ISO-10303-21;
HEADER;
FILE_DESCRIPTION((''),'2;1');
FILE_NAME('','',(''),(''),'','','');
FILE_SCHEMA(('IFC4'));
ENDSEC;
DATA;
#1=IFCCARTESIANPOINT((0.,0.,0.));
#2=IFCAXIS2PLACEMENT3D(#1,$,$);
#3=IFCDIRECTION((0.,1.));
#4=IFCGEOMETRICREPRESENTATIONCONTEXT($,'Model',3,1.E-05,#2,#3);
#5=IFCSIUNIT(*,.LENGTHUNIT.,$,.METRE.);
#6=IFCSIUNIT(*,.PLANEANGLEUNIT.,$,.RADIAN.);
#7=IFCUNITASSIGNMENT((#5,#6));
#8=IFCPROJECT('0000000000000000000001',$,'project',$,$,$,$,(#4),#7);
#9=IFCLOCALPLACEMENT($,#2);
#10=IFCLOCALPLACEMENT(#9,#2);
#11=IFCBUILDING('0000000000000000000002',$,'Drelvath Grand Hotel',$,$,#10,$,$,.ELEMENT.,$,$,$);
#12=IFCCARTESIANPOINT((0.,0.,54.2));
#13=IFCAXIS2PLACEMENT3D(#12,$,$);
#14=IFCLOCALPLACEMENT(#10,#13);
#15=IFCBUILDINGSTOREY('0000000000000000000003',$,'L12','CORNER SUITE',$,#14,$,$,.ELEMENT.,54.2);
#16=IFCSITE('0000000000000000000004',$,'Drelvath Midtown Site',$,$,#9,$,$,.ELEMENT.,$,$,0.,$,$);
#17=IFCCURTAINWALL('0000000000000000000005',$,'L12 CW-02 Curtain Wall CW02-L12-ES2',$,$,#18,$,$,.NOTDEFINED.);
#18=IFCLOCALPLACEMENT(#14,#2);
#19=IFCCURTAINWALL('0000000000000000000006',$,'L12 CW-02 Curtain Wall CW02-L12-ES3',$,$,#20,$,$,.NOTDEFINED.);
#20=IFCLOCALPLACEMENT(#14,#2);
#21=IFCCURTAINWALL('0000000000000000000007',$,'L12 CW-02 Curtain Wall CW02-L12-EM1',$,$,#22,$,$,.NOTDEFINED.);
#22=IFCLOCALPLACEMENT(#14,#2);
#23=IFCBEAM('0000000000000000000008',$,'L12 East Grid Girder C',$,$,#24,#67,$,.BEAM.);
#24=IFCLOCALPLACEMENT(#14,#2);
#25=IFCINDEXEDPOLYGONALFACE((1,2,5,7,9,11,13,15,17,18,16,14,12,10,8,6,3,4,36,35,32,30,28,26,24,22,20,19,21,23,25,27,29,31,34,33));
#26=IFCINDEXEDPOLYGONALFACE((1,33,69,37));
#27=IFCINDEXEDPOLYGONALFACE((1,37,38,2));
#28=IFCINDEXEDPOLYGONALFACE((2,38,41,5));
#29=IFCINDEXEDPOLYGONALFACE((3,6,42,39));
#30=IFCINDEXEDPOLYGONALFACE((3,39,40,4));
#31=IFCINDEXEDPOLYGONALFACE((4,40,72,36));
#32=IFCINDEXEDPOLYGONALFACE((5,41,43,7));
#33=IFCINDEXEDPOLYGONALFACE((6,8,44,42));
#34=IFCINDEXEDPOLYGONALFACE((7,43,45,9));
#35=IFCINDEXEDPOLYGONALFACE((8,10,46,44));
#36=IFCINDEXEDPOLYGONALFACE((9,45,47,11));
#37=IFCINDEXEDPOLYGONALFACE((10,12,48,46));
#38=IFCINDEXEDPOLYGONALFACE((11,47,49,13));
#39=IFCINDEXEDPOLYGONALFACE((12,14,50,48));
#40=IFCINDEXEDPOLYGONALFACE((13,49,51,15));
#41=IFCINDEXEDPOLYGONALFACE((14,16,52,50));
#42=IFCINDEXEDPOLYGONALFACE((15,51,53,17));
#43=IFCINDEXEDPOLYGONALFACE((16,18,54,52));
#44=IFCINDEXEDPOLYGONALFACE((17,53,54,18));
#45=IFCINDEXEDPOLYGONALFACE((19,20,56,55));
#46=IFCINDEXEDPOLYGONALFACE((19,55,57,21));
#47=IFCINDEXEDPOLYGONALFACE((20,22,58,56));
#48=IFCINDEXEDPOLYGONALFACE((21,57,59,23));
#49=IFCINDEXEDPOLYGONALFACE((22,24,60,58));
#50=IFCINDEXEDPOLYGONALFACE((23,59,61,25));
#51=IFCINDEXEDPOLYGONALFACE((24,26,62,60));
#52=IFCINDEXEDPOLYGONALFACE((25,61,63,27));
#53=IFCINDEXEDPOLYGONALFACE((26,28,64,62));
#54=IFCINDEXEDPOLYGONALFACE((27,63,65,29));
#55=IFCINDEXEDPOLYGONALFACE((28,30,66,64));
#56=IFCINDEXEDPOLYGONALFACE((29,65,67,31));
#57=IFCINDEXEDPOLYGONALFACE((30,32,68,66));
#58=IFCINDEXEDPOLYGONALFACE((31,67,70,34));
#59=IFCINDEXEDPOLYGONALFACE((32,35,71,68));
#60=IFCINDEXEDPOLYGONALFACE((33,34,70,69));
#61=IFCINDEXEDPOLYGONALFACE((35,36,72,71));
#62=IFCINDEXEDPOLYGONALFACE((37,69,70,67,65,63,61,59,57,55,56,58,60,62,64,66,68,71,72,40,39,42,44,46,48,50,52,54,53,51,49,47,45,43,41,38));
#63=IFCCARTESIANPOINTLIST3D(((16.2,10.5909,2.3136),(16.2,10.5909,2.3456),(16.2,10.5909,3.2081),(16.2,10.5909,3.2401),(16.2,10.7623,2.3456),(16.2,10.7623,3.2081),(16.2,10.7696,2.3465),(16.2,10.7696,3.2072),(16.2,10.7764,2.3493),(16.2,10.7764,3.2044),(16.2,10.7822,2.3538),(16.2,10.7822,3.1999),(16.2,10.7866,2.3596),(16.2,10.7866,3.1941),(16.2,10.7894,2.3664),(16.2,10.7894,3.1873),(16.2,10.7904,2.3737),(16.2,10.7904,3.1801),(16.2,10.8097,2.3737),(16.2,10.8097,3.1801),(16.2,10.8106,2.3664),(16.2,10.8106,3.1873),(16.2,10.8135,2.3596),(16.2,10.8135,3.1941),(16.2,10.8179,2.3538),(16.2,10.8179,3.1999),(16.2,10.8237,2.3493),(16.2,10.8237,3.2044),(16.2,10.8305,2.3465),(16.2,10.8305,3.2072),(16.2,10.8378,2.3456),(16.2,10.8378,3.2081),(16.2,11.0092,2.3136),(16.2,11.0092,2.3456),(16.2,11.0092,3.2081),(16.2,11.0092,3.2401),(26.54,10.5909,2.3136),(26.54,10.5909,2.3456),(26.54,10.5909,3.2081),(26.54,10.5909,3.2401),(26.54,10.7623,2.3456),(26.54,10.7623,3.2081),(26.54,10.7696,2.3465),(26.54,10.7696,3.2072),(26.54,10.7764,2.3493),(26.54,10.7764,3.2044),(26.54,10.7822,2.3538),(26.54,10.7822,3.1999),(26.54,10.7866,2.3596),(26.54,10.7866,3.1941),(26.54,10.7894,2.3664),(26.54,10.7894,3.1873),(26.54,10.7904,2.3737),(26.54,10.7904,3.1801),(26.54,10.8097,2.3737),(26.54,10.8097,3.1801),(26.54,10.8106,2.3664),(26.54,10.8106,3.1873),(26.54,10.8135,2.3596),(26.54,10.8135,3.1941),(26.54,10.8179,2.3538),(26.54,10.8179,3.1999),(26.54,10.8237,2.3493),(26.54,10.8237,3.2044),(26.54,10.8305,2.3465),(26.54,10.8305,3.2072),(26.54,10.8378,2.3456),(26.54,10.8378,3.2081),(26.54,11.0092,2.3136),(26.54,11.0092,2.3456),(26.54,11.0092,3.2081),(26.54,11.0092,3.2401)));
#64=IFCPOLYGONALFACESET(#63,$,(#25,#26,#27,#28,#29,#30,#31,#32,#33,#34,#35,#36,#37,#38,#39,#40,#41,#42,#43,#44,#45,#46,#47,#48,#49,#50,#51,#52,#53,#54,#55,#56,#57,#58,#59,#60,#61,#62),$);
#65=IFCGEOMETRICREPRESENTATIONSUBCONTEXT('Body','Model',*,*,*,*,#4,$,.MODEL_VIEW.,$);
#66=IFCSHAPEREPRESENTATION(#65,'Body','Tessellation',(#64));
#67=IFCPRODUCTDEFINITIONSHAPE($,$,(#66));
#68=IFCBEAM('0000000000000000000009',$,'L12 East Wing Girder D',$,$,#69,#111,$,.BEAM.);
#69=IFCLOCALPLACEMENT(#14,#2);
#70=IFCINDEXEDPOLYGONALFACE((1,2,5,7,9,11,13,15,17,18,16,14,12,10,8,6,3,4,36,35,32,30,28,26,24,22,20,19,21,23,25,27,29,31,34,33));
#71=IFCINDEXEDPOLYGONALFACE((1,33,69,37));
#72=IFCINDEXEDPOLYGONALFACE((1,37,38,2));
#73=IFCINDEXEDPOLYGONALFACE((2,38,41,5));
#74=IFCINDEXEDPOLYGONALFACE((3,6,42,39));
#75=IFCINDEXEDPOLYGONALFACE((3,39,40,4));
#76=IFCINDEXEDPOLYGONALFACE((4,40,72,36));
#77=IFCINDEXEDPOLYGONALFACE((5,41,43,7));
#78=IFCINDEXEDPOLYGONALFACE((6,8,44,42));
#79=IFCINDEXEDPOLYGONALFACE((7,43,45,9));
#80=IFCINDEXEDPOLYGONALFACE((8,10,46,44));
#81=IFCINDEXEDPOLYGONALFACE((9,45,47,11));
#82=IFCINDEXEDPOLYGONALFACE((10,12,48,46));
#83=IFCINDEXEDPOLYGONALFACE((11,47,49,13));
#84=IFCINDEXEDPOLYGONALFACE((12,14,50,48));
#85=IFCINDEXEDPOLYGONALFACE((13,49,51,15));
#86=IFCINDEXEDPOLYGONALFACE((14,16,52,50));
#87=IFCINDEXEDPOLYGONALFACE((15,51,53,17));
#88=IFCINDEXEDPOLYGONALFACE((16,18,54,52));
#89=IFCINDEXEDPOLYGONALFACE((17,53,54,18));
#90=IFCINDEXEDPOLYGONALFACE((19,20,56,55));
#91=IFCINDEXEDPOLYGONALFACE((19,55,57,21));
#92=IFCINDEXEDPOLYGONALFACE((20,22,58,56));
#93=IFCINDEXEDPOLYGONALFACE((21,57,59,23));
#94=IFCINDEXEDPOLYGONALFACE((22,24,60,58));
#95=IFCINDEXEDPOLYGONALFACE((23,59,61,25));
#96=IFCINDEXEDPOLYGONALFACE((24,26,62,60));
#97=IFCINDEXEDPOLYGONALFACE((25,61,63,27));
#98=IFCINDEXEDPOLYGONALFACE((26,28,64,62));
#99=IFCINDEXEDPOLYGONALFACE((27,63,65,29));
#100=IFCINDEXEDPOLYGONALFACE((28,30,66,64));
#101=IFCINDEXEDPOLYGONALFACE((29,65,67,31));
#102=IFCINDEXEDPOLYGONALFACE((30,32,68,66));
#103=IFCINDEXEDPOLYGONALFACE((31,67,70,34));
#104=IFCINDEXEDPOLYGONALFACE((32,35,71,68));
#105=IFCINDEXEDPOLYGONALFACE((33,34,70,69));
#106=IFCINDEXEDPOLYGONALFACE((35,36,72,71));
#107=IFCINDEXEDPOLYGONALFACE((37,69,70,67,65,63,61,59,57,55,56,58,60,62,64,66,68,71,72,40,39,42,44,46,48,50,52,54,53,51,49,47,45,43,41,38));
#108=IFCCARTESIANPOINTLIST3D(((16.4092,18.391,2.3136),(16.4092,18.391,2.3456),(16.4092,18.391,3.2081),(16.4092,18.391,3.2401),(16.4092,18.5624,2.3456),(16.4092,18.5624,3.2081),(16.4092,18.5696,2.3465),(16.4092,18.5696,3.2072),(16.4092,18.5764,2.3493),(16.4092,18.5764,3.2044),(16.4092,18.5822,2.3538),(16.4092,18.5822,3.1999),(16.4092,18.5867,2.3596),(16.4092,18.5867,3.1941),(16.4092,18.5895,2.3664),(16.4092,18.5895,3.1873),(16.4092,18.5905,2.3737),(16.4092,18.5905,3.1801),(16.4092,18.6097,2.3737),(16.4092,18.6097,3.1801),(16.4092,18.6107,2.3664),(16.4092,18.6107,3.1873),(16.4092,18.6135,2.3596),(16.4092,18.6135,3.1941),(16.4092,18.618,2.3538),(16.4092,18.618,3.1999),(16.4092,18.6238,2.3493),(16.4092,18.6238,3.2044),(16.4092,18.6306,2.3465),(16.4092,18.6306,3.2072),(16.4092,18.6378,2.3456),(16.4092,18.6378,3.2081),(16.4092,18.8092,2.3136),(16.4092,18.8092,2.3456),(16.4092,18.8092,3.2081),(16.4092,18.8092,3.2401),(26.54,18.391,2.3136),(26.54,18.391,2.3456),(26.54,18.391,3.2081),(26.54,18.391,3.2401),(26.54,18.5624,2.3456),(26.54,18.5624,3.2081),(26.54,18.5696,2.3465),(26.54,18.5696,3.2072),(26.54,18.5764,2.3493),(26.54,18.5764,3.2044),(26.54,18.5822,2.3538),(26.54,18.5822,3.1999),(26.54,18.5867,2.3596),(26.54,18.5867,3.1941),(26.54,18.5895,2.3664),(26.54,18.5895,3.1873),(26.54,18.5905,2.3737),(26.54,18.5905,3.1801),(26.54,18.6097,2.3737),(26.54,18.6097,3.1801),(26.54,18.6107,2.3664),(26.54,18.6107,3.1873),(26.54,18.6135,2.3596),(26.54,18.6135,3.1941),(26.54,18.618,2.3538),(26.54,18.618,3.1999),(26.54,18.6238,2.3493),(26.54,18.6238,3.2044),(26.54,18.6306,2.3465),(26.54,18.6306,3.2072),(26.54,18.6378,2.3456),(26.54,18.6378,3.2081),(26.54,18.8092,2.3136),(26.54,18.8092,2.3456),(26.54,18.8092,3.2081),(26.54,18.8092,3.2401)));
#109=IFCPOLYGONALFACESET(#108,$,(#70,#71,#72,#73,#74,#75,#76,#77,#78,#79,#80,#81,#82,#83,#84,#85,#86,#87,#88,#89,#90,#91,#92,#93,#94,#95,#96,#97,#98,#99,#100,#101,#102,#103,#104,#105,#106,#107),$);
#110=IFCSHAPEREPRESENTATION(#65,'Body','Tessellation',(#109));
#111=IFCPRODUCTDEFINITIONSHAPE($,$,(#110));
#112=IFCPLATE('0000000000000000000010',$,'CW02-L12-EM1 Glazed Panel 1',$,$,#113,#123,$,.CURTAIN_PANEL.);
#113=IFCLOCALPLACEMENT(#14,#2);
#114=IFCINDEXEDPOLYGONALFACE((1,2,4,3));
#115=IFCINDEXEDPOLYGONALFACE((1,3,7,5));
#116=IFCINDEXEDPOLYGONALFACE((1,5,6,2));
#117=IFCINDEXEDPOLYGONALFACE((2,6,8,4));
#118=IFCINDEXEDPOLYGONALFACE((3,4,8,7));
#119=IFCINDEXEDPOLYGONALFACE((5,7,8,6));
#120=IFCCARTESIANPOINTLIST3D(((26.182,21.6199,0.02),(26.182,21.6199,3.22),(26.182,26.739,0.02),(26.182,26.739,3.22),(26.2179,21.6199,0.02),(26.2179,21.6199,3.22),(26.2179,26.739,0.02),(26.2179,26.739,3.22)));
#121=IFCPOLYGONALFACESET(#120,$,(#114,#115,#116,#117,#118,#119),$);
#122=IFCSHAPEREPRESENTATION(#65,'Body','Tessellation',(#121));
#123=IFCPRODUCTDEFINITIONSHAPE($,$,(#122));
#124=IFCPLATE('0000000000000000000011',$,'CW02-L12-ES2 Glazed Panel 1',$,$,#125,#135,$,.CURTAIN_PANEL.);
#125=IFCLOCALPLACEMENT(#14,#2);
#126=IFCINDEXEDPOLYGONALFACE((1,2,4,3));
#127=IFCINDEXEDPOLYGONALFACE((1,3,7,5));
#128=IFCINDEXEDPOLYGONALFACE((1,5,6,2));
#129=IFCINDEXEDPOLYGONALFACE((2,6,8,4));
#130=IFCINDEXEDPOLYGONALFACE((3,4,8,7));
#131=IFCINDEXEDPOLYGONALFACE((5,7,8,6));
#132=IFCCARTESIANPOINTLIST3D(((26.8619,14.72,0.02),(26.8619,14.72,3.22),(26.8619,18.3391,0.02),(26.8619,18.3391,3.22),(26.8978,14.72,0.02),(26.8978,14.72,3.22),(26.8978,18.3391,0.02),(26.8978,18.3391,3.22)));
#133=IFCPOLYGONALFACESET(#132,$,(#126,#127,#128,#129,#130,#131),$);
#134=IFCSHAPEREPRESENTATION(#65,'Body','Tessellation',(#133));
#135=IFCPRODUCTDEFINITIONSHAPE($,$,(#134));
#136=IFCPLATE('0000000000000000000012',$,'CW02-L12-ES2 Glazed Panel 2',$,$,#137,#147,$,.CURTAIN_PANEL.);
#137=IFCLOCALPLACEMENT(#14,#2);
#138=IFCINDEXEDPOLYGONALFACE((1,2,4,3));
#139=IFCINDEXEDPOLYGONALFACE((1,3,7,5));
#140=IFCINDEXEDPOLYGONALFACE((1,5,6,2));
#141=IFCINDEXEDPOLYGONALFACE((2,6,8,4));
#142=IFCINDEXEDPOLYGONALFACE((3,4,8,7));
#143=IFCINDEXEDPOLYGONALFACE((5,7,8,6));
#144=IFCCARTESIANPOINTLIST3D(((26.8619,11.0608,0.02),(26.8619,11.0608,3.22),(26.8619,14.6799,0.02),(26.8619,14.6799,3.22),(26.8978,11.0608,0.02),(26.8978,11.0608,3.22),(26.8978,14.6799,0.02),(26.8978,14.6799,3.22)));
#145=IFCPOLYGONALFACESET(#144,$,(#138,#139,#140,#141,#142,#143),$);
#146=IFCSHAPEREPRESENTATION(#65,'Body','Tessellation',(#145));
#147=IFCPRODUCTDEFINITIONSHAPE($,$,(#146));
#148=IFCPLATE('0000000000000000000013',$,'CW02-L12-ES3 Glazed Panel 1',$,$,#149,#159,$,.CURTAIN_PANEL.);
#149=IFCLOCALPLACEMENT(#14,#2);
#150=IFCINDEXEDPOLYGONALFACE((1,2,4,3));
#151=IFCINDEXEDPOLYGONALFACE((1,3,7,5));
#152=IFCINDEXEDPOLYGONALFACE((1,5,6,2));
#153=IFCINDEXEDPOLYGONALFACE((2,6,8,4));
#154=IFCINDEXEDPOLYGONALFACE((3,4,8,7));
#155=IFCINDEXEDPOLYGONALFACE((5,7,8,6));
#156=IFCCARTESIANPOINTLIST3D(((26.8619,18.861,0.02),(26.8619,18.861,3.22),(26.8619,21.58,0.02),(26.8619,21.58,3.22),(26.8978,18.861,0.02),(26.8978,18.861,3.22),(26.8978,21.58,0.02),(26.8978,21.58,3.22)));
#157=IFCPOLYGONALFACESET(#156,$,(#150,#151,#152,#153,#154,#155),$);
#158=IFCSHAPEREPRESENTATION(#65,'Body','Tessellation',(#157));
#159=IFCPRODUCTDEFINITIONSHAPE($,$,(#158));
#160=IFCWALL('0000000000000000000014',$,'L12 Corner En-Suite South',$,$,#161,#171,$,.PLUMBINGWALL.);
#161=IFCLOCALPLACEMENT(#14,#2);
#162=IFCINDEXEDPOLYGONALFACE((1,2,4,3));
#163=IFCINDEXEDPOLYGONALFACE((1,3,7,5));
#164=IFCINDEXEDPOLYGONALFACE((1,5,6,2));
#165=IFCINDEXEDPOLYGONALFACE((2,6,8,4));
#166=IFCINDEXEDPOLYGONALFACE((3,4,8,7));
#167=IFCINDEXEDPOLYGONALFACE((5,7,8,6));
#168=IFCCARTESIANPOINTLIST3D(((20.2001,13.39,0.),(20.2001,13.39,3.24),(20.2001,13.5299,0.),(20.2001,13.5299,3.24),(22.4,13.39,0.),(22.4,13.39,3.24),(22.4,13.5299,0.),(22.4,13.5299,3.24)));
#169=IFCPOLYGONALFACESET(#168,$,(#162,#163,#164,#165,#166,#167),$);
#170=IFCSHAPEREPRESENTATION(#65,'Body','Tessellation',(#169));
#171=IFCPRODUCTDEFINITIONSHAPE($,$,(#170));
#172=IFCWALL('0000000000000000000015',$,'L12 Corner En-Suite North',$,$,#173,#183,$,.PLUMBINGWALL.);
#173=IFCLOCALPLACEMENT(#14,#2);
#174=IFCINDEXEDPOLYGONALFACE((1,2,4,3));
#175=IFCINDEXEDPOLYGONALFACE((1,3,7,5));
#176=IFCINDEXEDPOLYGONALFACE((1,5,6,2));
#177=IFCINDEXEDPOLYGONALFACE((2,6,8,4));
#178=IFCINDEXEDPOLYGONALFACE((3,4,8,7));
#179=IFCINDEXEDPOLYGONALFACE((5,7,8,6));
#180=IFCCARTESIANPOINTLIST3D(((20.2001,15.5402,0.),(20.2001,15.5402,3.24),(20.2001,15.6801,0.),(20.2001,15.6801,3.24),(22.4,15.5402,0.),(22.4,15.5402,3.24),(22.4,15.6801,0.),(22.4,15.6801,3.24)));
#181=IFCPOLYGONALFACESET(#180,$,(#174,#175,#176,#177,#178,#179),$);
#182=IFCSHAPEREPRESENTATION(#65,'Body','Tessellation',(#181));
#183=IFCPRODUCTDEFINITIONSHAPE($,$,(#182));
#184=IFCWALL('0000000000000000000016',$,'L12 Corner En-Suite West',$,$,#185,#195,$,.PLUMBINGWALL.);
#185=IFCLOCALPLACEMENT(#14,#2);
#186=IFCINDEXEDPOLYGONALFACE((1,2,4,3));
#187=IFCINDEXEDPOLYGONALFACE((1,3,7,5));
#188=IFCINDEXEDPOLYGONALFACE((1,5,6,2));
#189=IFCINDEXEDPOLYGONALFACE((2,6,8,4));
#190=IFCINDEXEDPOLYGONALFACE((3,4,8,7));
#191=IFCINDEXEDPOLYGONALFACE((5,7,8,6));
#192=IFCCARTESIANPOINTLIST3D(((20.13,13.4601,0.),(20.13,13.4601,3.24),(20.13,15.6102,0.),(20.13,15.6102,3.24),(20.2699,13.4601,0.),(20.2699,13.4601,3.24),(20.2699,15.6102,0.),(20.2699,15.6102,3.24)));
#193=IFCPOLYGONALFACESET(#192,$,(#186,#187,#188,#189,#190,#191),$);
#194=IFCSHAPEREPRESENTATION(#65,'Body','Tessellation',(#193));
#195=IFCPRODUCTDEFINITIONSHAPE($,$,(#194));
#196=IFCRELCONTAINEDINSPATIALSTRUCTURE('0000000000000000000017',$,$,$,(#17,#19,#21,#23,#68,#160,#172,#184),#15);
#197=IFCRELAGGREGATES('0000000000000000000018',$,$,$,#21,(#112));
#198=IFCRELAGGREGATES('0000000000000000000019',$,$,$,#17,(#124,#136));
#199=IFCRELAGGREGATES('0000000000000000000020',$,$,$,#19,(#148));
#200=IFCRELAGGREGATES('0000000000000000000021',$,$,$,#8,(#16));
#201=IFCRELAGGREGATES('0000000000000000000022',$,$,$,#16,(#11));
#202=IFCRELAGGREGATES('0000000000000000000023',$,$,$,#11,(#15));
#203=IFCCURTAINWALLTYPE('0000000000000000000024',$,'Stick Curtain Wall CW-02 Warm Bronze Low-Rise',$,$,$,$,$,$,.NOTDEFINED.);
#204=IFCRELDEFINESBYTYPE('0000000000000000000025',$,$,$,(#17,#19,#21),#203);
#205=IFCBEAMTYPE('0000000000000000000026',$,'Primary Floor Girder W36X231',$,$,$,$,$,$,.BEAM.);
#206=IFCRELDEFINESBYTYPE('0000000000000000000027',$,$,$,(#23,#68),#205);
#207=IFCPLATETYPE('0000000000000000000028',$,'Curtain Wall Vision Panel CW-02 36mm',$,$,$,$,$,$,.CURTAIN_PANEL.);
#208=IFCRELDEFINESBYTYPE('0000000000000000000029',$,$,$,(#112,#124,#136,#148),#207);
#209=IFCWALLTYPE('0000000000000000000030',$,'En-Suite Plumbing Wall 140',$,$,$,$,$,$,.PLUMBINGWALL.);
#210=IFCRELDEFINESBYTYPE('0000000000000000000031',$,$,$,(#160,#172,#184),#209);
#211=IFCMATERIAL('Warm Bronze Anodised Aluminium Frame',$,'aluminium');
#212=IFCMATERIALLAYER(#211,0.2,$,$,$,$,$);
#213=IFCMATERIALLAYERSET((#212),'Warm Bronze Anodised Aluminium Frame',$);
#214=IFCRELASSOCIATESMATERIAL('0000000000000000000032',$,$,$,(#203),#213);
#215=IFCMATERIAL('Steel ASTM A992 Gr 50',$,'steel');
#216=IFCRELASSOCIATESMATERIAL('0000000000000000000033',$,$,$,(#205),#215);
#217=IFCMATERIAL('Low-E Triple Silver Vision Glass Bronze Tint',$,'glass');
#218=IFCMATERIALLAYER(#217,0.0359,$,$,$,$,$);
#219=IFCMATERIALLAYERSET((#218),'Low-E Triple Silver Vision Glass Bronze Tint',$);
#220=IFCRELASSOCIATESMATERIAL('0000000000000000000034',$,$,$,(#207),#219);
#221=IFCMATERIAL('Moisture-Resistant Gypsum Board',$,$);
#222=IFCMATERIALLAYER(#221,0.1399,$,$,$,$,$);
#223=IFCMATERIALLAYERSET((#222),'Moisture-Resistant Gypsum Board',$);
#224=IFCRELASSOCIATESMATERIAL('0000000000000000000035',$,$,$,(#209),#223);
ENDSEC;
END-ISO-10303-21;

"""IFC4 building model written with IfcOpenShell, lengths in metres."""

from ifc_helpers import new_model, si_unit, direction, frame, frame_2d, origin, origin_2d, place, context, subcontext, project, spatial, rectangle, i_section, extrude, material, layer, layer_set, material_profile, profile_set, type_object, element, aggregate, save


model = new_model("IFC4")

# Units and contexts
model_context = context("Model", 3, precision=1e-05, world=origin(), true_north=direction((0.0, 1.0)))
body_context = subcontext(model_context, "Body", "Model", "MODEL_VIEW")
ifc_project = project(units=[si_unit("LENGTHUNIT", "METRE"), si_unit("PLANEANGLEUNIT", "RADIAN")], contexts=[model_context])

# Site, building, storey
site_placement = place(None, origin())
site = spatial("IfcSite", under=ifc_project, at=site_placement, Name="Drelvath Midtown Site", CompositionType="ELEMENT", RefElevation=0.0)
building_placement = place(site_placement, origin())
building = spatial("IfcBuilding", under=site, at=building_placement, Name="Drelvath Grand Hotel", CompositionType="ELEMENT")
storey_placement = place(building_placement, frame((0.0, 0.0, 54.2)))
storey = spatial("IfcBuildingStorey", under=building, at=storey_placement, Name="L12", Description="CORNER SUITE", CompositionType="ELEMENT", Elevation=54.2)

# Curtain walls
ifc_material_1 = material(Name="Warm Bronze Anodised Aluminium Frame", Category="aluminium")
ifc_layer_1 = layer(ifc_material_1, 0.2)
ifc_layer_set_1 = layer_set([ifc_layer_1], Name="Warm Bronze Anodised Aluminium Frame")
curtain_wall_type = type_object("IfcCurtainWallType", Name="Stick Curtain Wall CW-02 Warm Bronze Low-Rise", PredefinedType="NOTDEFINED", material=ifc_layer_set_1)
curtain_wall_1_placement = place(storey_placement, origin())
curtain_wall_1 = element("IfcCurtainWall", 1, at=curtain_wall_1_placement, inside=storey, type_object=curtain_wall_type, Name="L12 CW-02 Curtain Wall CW02-L12-ES2", PredefinedType="NOTDEFINED")
curtain_wall_2_placement = place(storey_placement, origin())
curtain_wall_2 = element("IfcCurtainWall", 2, at=curtain_wall_2_placement, inside=storey, type_object=curtain_wall_type, Name="L12 CW-02 Curtain Wall CW02-L12-ES3", PredefinedType="NOTDEFINED")
curtain_wall_3_placement = place(storey_placement, origin())
curtain_wall_3 = element("IfcCurtainWall", 3, at=curtain_wall_3_placement, inside=storey, type_object=curtain_wall_type, Name="L12 CW-02 Curtain Wall CW02-L12-EM1", PredefinedType="NOTDEFINED")

# Beams
ifc_material_2 = material(Name="Steel ASTM A992 Gr 50", Category="steel")
ifc_material_profile_1 = material_profile(ifc_material_2, i_section(OverallWidth=0.4182, OverallDepth=0.9265, WebThickness=0.0193, FlangeThickness=0.032, FilletRadius=0.0281, at=origin_2d()), Name="W36X231")
ifc_profile_set_1 = profile_set([ifc_material_profile_1], Name="Steel ASTM A992 Gr 50")
beam_type_1 = type_object("IfcBeamType", Name="Primary Floor Girder W36X231", PredefinedType="BEAM", material=ifc_profile_set_1)
beam_1_placement = place(storey_placement, frame((16.2, 10.8, 2.7769), z_axis=(1.0, 0.0, 0.0), x_axis=(0.0, 1.0, 0.0)))
element("IfcBeam", 4, at=beam_1_placement, inside=storey, type_object=beam_type_1, Name="L12 East Grid Girder C", PredefinedType="BEAM", context=body_context, shape_type="SweptSolid", body=[
    extrude(i_section(OverallWidth=0.4182, OverallDepth=0.9265, WebThickness=0.0193, FlangeThickness=0.032, FilletRadius=0.0281, at=origin_2d()), origin(), (0.0, 0.0, 1.0), 10.3401),
])
beam_2_placement = place(storey_placement, frame((16.4092, 18.6001, 2.7769), z_axis=(1.0, 0.0, 0.0), x_axis=(0.0, 1.0, 0.0)))
element("IfcBeam", 5, at=beam_2_placement, inside=storey, type_object=beam_type_1, Name="L12 East Wing Girder D", PredefinedType="BEAM", context=body_context, shape_type="SweptSolid", body=[
    extrude(i_section(OverallWidth=0.4182, OverallDepth=0.9265, WebThickness=0.0193, FlangeThickness=0.032, FilletRadius=0.0281, at=origin_2d()), origin(), (0.0, 0.0, 1.0), 10.1309),
])

# Plates
ifc_material_3 = material(Name="Low-E Triple Silver Vision Glass Bronze Tint", Category="glass")
ifc_layer_2 = layer(ifc_material_3, 0.0359)
ifc_layer_set_2 = layer_set([ifc_layer_2], Name="Low-E Triple Silver Vision Glass Bronze Tint")
plate_type = type_object("IfcPlateType", Name="Curtain Wall Vision Panel CW-02 36mm", PredefinedType="CURTAIN_PANEL", material=ifc_layer_set_2)
plate_1_placement = place(storey_placement, frame((26.2, 24.1794, 0.02), z_axis=(0.0, 0.0, 1.0), x_axis=(0.0, -1.0, 0.0)))
plate_1 = element("IfcPlate", 6, at=plate_1_placement, type_object=plate_type, Name="CW02-L12-EM1 Glazed Panel 1", PredefinedType="CURTAIN_PANEL", context=body_context, shape_type="SweptSolid", body=[
    extrude(rectangle(XDim=5.1191, YDim=0.0359, at=origin_2d()), origin(), (0.0, 0.0, 1.0), 3.2),
])
aggregate(curtain_wall_3, [plate_1])
plate_2_placement = place(storey_placement, frame((26.8799, 16.5295, 0.02), z_axis=(0.0, 0.0, 1.0), x_axis=(0.0, -1.0, 0.0)))
plate_2 = element("IfcPlate", 7, at=plate_2_placement, type_object=plate_type, Name="CW02-L12-ES2 Glazed Panel 1", PredefinedType="CURTAIN_PANEL", context=body_context, shape_type="SweptSolid", body=[
    extrude(rectangle(XDim=3.6191, YDim=0.0359, at=origin_2d()), origin(), (0.0, 0.0, 1.0), 3.2),
])
plate_3_placement = place(storey_placement, frame((26.8799, 12.8704, 0.02), z_axis=(0.0, 0.0, 1.0), x_axis=(0.0, -1.0, 0.0)))
plate_3 = element("IfcPlate", 8, at=plate_3_placement, type_object=plate_type, Name="CW02-L12-ES2 Glazed Panel 2", PredefinedType="CURTAIN_PANEL", context=body_context, shape_type="SweptSolid", body=[
    extrude(rectangle(XDim=3.6191, YDim=0.0359, at=origin_2d()), origin(), (0.0, 0.0, 1.0), 3.2),
])
aggregate(curtain_wall_1, [plate_2, plate_3])
plate_4_placement = place(storey_placement, frame((26.8799, 20.2205, 0.02), z_axis=(0.0, 0.0, 1.0), x_axis=(0.0, -1.0, 0.0)))
plate_4 = element("IfcPlate", 9, at=plate_4_placement, type_object=plate_type, Name="CW02-L12-ES3 Glazed Panel 1", PredefinedType="CURTAIN_PANEL", context=body_context, shape_type="SweptSolid", body=[
    extrude(rectangle(XDim=2.719, YDim=0.0359, at=origin_2d()), origin(), (0.0, 0.0, 1.0), 3.2),
])
aggregate(curtain_wall_2, [plate_4])

# Walls
ifc_material_4 = material(Name="Moisture-Resistant Gypsum Board")
ifc_layer_3 = layer(ifc_material_4, 0.1399)
ifc_layer_set_3 = layer_set([ifc_layer_3], Name="Moisture-Resistant Gypsum Board")
wall_type_1 = type_object("IfcWallType", Name="En-Suite Plumbing Wall 140", PredefinedType="PLUMBINGWALL", material=ifc_layer_set_3)
for number, where, z_axis, x_axis, name in (
    (10, (20.2, 13.46, 0.0), (0.0, 0.0, 1.0), (1.0, 0.0, 0.0), "L12 Corner En-Suite South"),
    (11, (20.2, 15.6101, 0.0), (0.0, 0.0, 1.0), (1.0, 0.0, 0.0), "L12 Corner En-Suite North"),
):
    element("IfcWall", number, at=place(storey_placement, frame(where, z_axis=z_axis, x_axis=x_axis)), inside=storey, type_object=wall_type_1, Name=name, PredefinedType="PLUMBINGWALL", context=body_context, shape_type="SweptSolid", body=[
        extrude(rectangle(XDim=2.2, YDim=0.1399, at=frame_2d((1.1001, 0.0))), origin(), (0.0, 0.0, 1.0), 3.24),
    ])
wall_1_placement = place(storey_placement, frame((20.2, 13.46, 0.0), z_axis=(0.0, 0.0, 1.0), x_axis=(0.0, 1.0, 0.0)))
element("IfcWall", 12, at=wall_1_placement, inside=storey, type_object=wall_type_1, Name="L12 Corner En-Suite West", PredefinedType="PLUMBINGWALL", context=body_context, shape_type="SweptSolid", body=[
    extrude(rectangle(XDim=2.1501, YDim=0.1399, at=frame_2d((1.0752, 0.0))), origin(), (0.0, 0.0, 1.0), 3.24),
])

save(model, "model.ifc")
